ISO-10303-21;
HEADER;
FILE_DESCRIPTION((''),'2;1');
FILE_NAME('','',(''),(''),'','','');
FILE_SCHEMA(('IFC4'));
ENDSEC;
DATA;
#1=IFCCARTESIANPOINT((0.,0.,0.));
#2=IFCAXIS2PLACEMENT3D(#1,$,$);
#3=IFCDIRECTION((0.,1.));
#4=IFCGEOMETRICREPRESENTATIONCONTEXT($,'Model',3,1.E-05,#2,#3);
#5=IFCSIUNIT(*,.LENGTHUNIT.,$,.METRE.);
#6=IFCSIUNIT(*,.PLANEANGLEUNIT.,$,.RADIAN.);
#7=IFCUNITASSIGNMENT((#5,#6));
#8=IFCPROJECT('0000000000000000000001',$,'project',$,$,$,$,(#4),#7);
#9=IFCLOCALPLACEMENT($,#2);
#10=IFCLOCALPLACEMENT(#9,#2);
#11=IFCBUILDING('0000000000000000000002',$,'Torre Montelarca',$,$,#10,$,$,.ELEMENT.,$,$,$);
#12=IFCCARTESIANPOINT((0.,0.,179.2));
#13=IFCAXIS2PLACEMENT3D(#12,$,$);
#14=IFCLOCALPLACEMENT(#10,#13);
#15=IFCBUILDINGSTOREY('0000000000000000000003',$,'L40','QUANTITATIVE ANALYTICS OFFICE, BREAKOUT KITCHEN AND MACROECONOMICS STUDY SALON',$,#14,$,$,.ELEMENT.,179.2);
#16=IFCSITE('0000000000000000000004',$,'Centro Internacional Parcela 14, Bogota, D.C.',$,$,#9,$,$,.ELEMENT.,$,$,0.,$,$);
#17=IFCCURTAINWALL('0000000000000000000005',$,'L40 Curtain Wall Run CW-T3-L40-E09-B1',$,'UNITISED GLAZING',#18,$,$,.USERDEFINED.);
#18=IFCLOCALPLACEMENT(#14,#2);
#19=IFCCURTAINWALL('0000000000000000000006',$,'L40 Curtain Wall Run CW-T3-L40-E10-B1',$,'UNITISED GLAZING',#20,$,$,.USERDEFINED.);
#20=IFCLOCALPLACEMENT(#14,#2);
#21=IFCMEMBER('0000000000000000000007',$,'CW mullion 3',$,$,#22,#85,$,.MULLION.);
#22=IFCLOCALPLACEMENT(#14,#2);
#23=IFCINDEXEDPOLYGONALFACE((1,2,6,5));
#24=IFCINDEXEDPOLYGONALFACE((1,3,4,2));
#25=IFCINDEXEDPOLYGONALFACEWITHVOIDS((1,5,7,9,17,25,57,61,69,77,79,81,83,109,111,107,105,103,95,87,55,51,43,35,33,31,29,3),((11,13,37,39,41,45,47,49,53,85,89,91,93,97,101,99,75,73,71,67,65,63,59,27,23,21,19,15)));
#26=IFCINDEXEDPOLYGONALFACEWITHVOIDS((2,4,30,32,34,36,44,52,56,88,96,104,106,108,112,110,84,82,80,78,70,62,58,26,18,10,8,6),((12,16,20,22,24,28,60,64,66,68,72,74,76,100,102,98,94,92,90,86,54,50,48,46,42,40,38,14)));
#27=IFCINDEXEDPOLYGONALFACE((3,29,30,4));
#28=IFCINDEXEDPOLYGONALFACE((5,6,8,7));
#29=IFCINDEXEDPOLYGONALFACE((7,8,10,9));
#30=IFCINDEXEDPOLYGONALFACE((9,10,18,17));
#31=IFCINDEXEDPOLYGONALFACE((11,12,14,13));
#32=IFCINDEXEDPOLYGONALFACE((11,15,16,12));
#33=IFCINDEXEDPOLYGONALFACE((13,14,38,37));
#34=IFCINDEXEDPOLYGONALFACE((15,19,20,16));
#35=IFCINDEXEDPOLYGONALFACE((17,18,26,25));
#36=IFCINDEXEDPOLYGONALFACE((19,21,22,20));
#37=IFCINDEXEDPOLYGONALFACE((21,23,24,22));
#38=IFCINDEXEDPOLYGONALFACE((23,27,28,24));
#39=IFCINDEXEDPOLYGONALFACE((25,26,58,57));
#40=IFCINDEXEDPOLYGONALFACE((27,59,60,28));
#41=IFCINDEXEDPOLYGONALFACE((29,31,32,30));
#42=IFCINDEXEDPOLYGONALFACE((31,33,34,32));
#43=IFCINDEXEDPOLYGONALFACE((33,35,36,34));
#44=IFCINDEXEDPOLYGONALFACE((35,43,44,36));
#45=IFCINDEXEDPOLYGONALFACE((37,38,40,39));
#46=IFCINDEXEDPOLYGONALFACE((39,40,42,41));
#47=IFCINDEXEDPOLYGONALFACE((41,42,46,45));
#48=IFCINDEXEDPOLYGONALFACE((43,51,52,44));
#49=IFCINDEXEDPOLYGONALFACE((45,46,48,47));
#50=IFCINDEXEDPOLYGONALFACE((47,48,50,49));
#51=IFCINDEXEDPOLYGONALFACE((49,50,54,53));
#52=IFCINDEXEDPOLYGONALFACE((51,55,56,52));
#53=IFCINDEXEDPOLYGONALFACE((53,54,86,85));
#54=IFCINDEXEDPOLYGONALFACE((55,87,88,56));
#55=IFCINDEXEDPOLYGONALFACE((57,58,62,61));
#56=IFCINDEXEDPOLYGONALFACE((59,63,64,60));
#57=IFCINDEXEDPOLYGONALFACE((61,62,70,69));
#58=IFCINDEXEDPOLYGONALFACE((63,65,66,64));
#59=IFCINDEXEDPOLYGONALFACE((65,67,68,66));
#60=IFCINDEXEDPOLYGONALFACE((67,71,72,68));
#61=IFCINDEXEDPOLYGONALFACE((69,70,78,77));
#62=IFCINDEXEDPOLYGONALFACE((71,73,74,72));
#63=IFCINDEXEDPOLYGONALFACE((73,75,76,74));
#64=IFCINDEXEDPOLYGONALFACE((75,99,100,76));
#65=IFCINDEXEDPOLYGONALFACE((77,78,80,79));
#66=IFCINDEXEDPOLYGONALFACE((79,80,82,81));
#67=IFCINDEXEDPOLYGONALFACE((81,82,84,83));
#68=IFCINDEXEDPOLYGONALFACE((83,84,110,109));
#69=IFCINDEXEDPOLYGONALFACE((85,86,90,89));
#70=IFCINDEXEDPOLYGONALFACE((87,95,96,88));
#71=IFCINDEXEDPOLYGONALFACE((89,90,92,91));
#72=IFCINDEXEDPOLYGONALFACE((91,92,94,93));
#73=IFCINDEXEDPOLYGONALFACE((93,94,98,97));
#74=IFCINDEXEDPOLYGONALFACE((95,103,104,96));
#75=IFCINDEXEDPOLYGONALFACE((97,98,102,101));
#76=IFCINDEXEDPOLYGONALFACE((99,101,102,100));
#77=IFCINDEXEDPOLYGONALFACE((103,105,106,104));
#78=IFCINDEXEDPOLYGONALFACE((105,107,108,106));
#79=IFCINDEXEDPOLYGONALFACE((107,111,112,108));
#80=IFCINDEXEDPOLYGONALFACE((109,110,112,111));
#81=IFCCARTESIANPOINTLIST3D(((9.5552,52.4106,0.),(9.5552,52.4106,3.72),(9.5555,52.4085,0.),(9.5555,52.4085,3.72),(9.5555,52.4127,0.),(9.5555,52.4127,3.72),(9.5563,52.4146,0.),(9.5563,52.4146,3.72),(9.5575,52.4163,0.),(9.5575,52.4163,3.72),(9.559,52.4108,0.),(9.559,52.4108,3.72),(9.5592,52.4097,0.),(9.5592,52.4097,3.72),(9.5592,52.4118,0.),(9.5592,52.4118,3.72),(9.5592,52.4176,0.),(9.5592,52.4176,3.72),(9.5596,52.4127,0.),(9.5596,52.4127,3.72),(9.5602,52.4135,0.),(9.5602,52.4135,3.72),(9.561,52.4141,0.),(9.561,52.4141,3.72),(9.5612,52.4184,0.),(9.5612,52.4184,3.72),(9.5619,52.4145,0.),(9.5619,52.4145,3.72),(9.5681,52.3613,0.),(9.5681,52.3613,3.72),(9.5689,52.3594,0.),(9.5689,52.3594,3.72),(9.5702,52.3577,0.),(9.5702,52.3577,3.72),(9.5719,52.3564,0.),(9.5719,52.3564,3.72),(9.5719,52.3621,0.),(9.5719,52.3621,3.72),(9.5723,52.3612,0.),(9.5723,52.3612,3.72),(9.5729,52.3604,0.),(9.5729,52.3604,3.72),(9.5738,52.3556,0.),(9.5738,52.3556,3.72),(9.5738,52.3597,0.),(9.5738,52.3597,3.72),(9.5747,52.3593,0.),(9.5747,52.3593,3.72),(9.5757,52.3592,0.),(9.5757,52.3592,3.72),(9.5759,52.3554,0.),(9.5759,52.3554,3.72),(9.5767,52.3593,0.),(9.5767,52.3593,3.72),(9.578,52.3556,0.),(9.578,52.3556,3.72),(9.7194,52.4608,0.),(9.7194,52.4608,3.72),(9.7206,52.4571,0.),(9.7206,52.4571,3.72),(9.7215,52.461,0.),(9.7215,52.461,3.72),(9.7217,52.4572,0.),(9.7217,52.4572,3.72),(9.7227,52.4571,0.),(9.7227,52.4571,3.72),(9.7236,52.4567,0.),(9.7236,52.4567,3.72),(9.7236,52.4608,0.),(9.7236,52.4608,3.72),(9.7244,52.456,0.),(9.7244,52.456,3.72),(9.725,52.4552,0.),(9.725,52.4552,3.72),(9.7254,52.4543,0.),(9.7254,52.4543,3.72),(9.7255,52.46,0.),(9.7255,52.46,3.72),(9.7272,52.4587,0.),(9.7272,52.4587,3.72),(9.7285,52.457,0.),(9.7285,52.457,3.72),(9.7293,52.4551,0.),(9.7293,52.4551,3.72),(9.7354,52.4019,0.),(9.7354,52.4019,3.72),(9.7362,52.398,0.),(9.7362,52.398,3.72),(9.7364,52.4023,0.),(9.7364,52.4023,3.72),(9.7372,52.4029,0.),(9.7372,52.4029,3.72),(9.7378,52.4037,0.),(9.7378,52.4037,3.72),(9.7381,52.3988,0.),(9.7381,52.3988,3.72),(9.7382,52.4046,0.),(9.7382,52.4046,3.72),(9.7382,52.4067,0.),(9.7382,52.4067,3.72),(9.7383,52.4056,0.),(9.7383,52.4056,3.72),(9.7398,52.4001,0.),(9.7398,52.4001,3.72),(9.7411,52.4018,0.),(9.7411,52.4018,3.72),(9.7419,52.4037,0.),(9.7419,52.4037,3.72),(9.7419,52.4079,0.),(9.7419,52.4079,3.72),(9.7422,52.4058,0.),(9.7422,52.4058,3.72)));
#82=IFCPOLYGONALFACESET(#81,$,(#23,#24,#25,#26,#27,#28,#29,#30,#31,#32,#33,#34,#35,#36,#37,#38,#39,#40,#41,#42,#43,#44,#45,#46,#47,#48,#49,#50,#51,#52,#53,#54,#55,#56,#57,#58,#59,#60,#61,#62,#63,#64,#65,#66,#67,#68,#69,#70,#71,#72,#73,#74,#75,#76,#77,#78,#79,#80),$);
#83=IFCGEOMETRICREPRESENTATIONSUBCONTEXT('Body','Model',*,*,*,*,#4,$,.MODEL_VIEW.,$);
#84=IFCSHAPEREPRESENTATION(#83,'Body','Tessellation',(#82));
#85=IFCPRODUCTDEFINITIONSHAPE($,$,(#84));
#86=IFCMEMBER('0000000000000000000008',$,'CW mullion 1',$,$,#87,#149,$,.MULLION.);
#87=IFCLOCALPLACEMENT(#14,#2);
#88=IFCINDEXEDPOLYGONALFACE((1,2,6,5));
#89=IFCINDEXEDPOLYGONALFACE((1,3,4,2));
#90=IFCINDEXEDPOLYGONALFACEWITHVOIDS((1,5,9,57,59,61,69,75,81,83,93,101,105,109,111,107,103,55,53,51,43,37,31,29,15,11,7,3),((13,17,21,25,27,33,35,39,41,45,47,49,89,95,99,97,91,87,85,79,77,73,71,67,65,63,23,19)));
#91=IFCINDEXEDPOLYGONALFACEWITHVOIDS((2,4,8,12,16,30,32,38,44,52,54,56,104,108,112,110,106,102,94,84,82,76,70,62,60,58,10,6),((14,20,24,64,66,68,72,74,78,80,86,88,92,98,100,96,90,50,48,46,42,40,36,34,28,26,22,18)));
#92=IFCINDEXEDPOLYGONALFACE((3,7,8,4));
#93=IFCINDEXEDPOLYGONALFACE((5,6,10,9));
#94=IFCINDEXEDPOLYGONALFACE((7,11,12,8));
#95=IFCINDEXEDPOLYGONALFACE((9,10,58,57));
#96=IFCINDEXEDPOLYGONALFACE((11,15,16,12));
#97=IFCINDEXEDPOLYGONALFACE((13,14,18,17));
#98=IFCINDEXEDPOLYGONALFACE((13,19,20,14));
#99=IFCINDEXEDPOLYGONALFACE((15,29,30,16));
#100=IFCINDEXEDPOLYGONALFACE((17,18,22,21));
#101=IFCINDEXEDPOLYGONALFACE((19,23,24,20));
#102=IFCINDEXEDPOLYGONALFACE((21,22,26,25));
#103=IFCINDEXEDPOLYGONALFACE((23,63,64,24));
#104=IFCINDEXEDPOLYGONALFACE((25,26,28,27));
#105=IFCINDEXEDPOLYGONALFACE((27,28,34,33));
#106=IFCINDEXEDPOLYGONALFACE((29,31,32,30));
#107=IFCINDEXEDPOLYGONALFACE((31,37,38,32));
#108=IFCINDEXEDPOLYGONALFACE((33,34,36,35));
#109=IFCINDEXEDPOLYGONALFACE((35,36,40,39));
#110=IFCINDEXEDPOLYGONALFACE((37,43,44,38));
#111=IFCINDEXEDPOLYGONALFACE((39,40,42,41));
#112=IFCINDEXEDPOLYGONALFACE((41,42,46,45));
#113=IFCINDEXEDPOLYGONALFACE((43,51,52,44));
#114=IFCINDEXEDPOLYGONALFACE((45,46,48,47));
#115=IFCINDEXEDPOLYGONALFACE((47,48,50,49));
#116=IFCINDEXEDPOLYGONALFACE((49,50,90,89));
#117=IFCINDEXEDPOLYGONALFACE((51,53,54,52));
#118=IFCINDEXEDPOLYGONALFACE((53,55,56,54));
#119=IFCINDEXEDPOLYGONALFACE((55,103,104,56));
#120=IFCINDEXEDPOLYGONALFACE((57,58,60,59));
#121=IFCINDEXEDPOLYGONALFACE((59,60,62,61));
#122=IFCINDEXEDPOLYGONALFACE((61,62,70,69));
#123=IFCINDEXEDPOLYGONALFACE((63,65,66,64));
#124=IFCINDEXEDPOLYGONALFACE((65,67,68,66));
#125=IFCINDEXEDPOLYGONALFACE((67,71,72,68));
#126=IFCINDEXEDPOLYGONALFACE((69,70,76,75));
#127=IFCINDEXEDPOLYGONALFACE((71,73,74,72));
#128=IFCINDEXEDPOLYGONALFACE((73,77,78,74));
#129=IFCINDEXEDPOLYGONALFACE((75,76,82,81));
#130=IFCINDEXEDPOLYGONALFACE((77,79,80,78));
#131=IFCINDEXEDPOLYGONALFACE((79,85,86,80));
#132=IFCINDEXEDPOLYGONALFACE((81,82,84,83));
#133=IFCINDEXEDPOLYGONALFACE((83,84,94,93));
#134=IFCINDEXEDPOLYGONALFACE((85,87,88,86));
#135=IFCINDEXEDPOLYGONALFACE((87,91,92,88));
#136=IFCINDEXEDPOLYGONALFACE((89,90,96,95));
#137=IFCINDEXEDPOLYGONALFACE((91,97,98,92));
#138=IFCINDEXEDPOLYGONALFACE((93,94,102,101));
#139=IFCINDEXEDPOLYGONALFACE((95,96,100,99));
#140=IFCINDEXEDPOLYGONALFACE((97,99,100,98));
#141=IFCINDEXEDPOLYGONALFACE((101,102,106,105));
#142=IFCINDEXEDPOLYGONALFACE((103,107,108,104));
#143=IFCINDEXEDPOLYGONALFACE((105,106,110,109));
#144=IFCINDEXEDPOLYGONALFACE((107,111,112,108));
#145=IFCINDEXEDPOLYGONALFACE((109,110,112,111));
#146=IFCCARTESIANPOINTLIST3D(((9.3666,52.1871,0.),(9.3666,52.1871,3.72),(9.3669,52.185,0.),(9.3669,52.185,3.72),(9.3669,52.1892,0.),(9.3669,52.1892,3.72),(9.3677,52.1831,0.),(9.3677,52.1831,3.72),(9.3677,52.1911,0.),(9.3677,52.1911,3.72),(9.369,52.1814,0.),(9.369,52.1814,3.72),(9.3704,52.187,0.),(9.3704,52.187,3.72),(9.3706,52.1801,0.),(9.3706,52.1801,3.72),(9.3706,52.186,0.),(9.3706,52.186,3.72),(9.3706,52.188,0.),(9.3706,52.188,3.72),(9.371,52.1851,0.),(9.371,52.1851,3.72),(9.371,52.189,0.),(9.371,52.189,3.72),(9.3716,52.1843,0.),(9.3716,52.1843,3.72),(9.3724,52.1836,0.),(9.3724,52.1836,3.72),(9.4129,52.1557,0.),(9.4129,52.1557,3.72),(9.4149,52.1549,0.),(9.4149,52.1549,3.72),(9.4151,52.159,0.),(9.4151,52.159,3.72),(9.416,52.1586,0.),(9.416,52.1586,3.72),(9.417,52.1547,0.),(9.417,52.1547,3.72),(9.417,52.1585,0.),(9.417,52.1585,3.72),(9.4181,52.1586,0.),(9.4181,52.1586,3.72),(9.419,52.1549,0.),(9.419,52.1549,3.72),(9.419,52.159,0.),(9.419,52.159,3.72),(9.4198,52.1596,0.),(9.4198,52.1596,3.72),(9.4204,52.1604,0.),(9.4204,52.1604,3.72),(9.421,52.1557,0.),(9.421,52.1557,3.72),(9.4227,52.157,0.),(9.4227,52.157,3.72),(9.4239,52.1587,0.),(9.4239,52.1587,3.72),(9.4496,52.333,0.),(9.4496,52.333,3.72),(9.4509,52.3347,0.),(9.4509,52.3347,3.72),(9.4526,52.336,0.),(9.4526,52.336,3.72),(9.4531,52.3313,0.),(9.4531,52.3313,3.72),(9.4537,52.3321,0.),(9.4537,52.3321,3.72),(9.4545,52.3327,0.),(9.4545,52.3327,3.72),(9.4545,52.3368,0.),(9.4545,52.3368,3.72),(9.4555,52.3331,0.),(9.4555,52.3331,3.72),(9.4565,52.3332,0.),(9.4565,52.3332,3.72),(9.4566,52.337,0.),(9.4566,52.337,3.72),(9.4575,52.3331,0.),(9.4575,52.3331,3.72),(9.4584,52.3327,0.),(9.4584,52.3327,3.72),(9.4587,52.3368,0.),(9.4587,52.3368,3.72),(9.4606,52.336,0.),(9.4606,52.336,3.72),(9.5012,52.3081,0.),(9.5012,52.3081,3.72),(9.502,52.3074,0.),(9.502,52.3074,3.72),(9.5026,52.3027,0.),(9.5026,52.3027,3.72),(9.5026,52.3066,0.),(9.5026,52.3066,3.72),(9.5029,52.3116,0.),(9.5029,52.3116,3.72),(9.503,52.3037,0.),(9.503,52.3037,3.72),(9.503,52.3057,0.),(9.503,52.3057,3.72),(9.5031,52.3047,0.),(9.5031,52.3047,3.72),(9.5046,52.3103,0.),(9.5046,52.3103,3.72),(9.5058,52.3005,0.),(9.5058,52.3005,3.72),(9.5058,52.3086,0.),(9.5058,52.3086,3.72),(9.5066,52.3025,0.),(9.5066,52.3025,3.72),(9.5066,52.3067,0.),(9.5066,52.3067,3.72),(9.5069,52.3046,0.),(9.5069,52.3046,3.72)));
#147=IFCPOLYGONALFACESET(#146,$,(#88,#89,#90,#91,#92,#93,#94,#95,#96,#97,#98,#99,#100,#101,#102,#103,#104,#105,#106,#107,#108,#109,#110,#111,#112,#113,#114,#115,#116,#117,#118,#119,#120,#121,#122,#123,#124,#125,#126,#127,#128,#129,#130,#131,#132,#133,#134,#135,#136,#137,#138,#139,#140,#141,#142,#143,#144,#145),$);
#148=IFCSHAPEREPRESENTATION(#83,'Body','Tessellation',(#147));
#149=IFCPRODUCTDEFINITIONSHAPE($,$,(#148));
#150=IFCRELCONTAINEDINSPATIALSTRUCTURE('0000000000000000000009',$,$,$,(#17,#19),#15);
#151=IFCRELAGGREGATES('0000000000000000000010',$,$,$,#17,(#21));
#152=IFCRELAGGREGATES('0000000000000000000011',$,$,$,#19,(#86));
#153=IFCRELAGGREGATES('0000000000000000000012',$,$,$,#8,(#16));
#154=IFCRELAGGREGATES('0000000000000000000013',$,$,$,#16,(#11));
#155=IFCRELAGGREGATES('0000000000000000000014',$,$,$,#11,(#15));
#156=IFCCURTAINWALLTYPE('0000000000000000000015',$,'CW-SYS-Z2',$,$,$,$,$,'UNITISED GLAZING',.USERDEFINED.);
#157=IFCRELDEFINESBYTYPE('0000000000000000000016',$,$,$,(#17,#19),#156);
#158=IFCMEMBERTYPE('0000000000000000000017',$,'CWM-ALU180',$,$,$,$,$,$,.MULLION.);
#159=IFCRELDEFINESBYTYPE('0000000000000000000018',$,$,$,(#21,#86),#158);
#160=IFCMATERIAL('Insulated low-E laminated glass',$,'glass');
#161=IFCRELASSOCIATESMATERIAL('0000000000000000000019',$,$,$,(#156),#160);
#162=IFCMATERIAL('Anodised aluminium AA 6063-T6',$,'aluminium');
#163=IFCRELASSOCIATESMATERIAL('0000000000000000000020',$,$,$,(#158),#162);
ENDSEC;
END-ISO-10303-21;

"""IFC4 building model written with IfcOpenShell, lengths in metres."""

from ifc_helpers import new_model, si_unit, direction, frame, origin, origin_2d, place, context, subcontext, project, spatial, hollow_rectangle, extrude, source, transform, mapped, material, material_profile, profile_set, type_object, element, aggregate, save


model = new_model("IFC4")

# Units and contexts
model_context = context("Model", 3, precision=1e-05, world=origin(), true_north=direction((0.0, 1.0)))
body_context = subcontext(model_context, "Body", "Model", "MODEL_VIEW")
ifc_project = project(units=[si_unit("LENGTHUNIT", "METRE"), si_unit("PLANEANGLEUNIT", "RADIAN")], contexts=[model_context])

# Site, building, storey
site_placement = place(None, origin())
site = spatial("IfcSite", under=ifc_project, at=site_placement, Name="Centro Internacional Parcela 14, Bogota, D.C.", CompositionType="ELEMENT", RefElevation=0.0)
building_placement = place(site_placement, origin())
building = spatial("IfcBuilding", under=site, at=building_placement, Name="Torre Montelarca", CompositionType="ELEMENT")
storey_placement = place(building_placement, frame((0.0, 0.0, 179.2)))
storey = spatial("IfcBuildingStorey", under=building, at=storey_placement, Name="L40", Description="QUANTITATIVE ANALYTICS OFFICE, BREAKOUT KITCHEN AND MACROECONOMICS STUDY SALON", CompositionType="ELEMENT", Elevation=179.2)

# Curtain walls
ifc_material_1 = material(Name="Insulated low-E laminated glass", Category="glass")
curtain_wall_type = type_object("IfcCurtainWallType", Name="CW-SYS-Z2", ElementType="UNITISED GLAZING", PredefinedType="USERDEFINED", material=ifc_material_1)
curtain_wall_1_placement = place(storey_placement, origin())
curtain_wall_1 = element("IfcCurtainWall", 1, at=curtain_wall_1_placement, inside=storey, type_object=curtain_wall_type, Name="L40 Curtain Wall Run CW-T3-L40-E09-B1", ObjectType="UNITISED GLAZING", PredefinedType="USERDEFINED")
ifc_material_2 = material(Name="Anodised aluminium AA 6063-T6", Category="aluminium")
curtain_wall_2_placement = place(storey_placement, origin())
curtain_wall_2 = element("IfcCurtainWall", 2, at=curtain_wall_2_placement, inside=storey, type_object=curtain_wall_type, Name="L40 Curtain Wall Run CW-T3-L40-E10-B1", ObjectType="UNITISED GLAZING", PredefinedType="USERDEFINED")

# Shared definitions
ifc_material_profile_1 = material_profile(ifc_material_2, hollow_rectangle(XDim=0.0649, YDim=0.1799, WallThickness=0.0039, InnerFilletRadius=0.0039, OuterFilletRadius=0.0081, at=origin_2d()), Name="ALU65X180X4", Category="aluminium")
ifc_profile_set_1 = profile_set([ifc_material_profile_1], Name="Anodised aluminium AA 6063-T6")
member_type_1 = type_object("IfcMemberType", Name="CWM-ALU180", PredefinedType="MULLION", material=ifc_profile_set_1)
shared_shape_1 = source(origin(), body_context, "Body", "SweptSolid", [
    extrude(hollow_rectangle(XDim=0.0649, YDim=0.1799, WallThickness=0.0039, InnerFilletRadius=0.0039, OuterFilletRadius=0.0081, at=origin_2d()), origin(), (0.0, 0.0, 1.0), 3.72),
])

# Members
member_1_placement = place(storey_placement, frame((9.6487, 52.4082, 0.0), z_axis=(0.0, 0.0, 1.0), x_axis=(0.258814, -0.965927, 0.0)))
member_1 = element("IfcMember", 3, at=member_1_placement, type_object=member_type_1, Name="CW mullion 3", PredefinedType="MULLION", context=body_context, shape_type="MappedRepresentation", body=[
    mapped(shared_shape_1, transform((0.0, 0.0, 0.0), scale=1.0)),
])
member_2_placement = place(storey_placement, frame((9.4368, 52.2458, 0.0), z_axis=(0.0, 0.0, 1.0), x_axis=(0.866025, -0.500001, 0.0)))
member_2 = element("IfcMember", 4, at=member_2_placement, type_object=member_type_1, Name="CW mullion 1", PredefinedType="MULLION", context=body_context, shape_type="MappedRepresentation", body=[
    mapped(shared_shape_1, transform((0.0, 0.0, 0.0), scale=1.0)),
])

aggregate(curtain_wall_1, [member_1])
aggregate(curtain_wall_2, [member_2])

save(model, "model.ifc")
